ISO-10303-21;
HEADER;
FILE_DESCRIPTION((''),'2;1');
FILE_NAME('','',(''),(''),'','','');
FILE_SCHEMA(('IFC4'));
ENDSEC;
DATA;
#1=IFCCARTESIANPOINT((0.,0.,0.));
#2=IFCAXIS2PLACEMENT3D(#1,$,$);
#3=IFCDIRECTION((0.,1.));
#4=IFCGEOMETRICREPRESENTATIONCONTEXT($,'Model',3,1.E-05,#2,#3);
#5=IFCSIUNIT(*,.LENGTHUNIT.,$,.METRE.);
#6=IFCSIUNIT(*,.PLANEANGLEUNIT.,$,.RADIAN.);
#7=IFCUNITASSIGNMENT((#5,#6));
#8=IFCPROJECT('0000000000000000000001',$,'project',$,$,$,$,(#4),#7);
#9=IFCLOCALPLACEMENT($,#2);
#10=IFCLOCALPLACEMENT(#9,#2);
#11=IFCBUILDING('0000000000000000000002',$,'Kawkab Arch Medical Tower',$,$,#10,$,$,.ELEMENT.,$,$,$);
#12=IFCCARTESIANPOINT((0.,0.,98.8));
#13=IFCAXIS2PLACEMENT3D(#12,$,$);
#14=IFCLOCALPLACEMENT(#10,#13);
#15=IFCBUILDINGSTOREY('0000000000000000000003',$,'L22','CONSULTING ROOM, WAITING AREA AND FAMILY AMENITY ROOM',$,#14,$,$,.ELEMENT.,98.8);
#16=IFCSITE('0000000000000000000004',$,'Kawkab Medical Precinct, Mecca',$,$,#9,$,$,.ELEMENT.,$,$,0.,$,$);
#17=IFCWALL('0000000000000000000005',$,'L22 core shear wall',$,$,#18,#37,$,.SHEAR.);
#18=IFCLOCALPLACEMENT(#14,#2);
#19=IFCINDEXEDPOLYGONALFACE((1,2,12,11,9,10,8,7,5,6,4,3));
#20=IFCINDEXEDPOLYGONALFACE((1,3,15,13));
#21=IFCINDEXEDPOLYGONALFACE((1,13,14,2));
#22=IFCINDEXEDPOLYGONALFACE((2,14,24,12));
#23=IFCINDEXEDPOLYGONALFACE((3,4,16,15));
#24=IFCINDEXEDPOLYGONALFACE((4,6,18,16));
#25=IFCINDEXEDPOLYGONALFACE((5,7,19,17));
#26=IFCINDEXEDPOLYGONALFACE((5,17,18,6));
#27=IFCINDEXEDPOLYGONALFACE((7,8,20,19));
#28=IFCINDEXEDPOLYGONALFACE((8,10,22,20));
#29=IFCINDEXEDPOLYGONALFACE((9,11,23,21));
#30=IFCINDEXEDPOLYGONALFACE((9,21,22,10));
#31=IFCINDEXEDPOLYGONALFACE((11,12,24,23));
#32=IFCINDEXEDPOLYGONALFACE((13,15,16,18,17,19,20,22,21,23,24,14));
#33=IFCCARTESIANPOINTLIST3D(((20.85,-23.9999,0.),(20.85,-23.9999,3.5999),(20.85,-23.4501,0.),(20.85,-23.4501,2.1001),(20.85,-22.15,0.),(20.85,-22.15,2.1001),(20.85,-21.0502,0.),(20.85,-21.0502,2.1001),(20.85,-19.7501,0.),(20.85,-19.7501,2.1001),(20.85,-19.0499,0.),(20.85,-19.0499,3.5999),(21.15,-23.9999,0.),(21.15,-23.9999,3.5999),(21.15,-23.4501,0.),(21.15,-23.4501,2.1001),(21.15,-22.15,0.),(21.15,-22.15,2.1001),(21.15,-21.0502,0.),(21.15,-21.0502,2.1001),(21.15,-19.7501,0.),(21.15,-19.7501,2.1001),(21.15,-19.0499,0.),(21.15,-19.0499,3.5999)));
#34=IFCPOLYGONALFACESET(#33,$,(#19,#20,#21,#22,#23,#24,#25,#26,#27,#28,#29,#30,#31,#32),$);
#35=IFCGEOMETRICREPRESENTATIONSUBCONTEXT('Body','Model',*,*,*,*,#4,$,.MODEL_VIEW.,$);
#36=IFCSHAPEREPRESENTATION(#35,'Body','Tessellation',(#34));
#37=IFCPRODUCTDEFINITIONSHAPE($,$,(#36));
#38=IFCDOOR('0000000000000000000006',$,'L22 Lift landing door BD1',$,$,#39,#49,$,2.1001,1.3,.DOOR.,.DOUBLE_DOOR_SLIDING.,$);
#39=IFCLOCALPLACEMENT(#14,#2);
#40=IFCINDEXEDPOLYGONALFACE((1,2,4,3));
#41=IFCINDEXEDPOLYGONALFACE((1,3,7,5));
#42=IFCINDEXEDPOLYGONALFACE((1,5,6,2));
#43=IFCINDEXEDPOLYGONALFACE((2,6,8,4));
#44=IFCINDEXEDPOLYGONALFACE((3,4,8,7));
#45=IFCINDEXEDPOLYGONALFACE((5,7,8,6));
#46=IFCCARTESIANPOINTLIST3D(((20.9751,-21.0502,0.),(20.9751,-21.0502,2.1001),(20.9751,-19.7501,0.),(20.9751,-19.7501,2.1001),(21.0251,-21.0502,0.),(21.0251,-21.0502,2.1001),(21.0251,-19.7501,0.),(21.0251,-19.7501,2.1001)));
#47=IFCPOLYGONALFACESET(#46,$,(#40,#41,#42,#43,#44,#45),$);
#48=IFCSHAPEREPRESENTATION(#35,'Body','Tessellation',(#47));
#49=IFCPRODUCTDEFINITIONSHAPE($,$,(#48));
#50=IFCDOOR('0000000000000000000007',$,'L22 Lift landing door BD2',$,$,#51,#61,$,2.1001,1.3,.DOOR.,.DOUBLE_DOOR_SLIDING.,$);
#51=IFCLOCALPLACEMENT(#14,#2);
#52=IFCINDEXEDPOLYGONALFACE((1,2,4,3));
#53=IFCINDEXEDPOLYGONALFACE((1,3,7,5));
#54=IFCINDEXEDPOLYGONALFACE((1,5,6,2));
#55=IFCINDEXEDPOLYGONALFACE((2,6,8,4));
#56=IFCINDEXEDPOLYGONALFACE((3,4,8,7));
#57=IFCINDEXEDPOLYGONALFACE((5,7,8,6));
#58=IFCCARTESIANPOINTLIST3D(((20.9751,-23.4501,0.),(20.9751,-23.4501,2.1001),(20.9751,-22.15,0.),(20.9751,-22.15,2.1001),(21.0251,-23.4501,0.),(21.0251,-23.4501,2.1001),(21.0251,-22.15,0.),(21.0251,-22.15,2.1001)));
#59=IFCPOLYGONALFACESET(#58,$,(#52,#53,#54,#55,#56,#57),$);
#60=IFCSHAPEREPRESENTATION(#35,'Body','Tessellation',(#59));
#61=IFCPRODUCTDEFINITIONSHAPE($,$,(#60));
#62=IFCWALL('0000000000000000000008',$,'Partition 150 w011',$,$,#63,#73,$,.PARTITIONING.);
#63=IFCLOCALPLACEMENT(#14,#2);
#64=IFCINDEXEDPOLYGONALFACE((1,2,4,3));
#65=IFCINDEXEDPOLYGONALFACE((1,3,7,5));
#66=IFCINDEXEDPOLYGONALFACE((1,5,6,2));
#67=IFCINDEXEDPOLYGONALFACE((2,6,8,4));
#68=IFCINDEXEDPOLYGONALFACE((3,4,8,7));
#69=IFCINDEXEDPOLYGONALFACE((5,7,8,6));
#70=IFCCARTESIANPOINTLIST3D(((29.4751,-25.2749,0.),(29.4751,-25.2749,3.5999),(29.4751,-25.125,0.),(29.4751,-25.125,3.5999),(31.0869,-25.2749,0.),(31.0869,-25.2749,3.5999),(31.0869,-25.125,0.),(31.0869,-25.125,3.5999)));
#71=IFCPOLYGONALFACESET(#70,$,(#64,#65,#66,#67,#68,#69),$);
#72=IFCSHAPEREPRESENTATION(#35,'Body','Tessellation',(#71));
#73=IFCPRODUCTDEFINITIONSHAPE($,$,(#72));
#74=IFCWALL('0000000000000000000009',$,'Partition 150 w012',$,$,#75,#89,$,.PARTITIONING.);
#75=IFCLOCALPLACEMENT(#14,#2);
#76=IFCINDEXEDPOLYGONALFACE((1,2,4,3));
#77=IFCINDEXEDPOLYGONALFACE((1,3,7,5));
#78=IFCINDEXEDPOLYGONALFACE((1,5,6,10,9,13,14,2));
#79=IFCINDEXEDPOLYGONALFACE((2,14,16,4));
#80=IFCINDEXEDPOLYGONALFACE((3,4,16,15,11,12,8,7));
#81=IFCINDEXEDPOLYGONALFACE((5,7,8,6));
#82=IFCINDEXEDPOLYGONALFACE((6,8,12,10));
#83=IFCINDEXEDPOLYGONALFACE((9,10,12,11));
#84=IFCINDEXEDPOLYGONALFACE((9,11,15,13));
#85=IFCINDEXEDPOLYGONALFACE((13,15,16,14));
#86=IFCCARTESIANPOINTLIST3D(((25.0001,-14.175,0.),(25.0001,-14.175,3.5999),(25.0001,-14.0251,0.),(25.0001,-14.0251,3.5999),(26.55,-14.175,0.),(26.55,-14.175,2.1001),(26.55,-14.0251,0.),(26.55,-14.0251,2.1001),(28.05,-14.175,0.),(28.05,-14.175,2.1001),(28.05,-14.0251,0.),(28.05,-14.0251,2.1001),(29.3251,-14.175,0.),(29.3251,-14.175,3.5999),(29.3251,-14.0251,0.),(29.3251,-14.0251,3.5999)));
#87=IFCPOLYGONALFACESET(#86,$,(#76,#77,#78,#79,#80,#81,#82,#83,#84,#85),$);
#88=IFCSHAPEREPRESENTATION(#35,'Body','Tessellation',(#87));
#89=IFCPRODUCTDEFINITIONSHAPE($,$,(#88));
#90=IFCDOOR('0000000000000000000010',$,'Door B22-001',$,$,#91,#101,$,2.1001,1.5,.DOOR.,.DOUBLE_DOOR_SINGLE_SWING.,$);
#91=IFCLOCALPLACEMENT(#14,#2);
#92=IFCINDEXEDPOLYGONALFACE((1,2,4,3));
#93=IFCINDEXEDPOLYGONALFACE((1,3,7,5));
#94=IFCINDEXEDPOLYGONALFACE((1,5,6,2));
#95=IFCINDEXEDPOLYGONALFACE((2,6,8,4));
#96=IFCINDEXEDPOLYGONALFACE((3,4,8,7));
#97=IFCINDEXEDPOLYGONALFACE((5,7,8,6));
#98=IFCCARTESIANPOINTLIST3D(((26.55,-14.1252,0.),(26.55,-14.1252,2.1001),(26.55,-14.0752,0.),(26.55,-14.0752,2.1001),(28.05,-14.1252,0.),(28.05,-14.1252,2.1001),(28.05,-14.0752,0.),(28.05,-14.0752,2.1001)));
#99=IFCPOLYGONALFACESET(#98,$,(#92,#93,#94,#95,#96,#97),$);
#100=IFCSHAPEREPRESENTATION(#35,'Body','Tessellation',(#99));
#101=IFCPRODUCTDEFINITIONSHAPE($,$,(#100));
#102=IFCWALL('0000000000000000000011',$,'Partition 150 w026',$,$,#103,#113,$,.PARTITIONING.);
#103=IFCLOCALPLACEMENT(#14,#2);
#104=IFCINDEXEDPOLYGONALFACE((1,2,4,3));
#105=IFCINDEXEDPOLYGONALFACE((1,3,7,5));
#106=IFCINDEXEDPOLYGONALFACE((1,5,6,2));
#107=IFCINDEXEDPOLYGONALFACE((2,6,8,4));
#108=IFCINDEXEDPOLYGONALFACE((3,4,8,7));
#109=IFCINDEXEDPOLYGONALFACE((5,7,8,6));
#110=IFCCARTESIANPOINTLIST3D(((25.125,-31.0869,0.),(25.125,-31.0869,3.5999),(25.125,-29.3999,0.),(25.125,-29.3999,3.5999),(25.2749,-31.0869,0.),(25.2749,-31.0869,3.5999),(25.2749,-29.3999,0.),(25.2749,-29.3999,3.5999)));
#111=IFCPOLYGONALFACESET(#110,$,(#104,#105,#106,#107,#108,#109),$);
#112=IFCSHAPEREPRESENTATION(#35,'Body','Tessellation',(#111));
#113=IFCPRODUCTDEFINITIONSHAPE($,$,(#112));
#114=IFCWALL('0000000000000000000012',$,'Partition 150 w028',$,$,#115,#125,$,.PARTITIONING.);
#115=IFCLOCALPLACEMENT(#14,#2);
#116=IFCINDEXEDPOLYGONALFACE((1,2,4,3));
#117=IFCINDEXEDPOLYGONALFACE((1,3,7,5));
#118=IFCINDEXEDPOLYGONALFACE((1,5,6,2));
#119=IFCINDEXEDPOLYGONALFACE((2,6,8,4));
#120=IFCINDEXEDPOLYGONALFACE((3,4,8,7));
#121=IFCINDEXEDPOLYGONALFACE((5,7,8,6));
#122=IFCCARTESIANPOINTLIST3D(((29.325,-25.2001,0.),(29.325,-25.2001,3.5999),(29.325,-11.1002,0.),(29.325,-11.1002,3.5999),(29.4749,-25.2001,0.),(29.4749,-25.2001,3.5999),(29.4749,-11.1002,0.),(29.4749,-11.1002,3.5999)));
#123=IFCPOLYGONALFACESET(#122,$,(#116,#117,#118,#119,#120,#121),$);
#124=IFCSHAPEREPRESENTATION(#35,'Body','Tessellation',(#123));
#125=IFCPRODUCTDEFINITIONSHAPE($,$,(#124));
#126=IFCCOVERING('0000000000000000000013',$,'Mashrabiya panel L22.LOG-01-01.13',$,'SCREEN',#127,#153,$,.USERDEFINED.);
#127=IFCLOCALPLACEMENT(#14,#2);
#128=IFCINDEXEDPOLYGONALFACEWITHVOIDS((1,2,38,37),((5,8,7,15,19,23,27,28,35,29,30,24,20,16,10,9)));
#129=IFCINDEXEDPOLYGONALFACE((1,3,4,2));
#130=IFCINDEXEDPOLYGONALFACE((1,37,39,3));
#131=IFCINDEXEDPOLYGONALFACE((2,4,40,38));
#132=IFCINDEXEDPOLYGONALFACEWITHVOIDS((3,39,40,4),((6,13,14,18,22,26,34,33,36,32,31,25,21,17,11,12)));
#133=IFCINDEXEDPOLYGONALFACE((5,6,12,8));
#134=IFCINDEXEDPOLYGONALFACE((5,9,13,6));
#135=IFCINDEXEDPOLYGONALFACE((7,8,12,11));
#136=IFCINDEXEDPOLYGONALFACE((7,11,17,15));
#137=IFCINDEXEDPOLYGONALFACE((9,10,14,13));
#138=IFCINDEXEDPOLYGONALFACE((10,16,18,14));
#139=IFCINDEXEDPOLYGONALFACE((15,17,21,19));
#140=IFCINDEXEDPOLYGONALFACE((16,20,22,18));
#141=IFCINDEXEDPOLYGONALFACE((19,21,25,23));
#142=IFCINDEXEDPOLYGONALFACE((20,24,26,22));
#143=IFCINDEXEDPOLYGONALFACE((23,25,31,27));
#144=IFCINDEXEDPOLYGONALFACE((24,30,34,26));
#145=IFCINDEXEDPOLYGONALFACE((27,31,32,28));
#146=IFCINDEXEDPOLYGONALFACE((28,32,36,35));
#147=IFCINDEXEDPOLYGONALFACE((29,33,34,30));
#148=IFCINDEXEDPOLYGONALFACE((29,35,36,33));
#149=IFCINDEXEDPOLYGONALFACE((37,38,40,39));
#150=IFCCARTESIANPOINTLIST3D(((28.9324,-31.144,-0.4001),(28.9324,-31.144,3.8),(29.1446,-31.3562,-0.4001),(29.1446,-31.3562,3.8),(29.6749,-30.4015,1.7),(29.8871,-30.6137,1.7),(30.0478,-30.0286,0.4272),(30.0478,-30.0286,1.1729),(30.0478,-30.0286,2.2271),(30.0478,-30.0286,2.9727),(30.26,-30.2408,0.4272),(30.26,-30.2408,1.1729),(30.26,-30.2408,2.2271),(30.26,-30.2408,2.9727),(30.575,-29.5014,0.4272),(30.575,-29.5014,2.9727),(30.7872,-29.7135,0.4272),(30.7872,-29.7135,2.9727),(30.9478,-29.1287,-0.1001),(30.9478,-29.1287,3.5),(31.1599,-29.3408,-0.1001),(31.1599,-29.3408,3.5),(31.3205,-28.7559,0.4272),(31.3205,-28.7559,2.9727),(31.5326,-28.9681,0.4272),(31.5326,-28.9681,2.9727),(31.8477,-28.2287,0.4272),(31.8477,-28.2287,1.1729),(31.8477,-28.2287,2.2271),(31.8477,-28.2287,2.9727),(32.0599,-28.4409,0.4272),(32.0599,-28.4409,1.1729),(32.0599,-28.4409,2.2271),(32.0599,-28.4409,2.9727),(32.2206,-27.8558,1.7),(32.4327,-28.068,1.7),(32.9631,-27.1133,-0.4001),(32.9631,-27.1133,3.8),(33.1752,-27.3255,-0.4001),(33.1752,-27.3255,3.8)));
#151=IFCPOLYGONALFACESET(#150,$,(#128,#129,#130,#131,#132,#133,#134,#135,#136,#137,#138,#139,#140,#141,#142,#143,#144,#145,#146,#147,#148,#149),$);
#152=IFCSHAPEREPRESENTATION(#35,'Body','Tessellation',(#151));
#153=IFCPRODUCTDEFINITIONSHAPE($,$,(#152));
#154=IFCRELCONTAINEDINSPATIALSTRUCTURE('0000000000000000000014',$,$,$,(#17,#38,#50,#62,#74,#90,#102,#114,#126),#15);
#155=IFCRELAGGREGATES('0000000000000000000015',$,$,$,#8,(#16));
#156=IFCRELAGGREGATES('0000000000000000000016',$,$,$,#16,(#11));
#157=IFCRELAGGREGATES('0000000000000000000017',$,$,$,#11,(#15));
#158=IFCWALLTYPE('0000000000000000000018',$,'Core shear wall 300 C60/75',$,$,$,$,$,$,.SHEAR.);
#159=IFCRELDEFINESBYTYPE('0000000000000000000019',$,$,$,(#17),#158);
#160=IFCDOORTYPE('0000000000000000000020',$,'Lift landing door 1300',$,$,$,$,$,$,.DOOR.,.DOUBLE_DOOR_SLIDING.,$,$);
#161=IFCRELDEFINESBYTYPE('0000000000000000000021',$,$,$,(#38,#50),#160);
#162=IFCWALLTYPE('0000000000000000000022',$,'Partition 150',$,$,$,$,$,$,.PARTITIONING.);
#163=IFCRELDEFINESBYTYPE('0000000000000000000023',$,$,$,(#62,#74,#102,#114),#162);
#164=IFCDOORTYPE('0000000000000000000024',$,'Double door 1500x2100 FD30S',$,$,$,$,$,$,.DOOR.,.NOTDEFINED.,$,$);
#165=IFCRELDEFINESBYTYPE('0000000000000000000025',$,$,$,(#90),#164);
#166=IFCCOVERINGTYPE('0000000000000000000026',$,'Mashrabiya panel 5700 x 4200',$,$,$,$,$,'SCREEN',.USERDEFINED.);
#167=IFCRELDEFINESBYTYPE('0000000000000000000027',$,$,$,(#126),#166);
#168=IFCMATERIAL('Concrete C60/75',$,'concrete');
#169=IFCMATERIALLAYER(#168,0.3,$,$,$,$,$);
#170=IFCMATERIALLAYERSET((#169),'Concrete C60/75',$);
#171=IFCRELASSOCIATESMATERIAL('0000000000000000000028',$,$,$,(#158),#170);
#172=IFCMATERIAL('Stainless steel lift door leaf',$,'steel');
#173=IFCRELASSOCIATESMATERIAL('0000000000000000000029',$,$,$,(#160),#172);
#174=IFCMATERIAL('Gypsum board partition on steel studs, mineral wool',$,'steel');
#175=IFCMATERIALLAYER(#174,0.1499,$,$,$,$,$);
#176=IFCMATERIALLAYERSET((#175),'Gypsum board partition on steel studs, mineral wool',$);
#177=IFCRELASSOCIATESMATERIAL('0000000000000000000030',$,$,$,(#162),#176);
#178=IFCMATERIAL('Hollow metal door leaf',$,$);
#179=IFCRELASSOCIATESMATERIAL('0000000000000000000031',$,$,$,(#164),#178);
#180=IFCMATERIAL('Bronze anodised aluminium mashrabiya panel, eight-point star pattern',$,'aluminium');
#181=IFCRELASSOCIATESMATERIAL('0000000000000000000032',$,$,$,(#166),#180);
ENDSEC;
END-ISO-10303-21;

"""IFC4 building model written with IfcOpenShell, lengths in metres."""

from ifc_helpers import new_model, si_unit, direction, frame, frame_2d, origin, place, context, subcontext, project, spatial, polyline, rectangle, outline, extrude, material, layer, layer_set, material_profile, profile_set, type_object, element, fill, save


model = new_model("IFC4")

# Units and contexts
model_context = context("Model", 3, precision=1e-05, world=origin(), true_north=direction((0.0, 1.0)))
body_context = subcontext(model_context, "Body", "Model", "MODEL_VIEW")
ifc_project = project(units=[si_unit("LENGTHUNIT", "METRE"), si_unit("PLANEANGLEUNIT", "RADIAN")], contexts=[model_context])

# Site, building, storey
site_placement = place(None, origin())
site = spatial("IfcSite", under=ifc_project, at=site_placement, Name="Kawkab Medical Precinct, Mecca", CompositionType="ELEMENT", RefElevation=0.0)
building_placement = place(site_placement, origin())
building = spatial("IfcBuilding", under=site, at=building_placement, Name="Kawkab Arch Medical Tower", CompositionType="ELEMENT")
storey_placement = place(building_placement, frame((0.0, 0.0, 98.8)))
storey = spatial("IfcBuildingStorey", under=building, at=storey_placement, Name="L22", Description="CONSULTING ROOM, WAITING AREA AND FAMILY AMENITY ROOM", CompositionType="ELEMENT", Elevation=98.8)

# Shared definitions
ifc_material_1 = material(Name="Concrete C60/75", Category="concrete")
ifc_layer_1 = layer(ifc_material_1, 0.3)
ifc_layer_set_1 = layer_set([ifc_layer_1], Name="Concrete C60/75")
wall_type_1 = type_object("IfcWallType", Name="Core shear wall 300 C60/75", PredefinedType="SHEAR", material=ifc_layer_set_1)

# Wall, openings, doors
wall_1_placement = place(storey_placement, frame((21.0, -24.0, 0.0), z_axis=(0.0, 0.0, 1.0), x_axis=(0.0, 1.0, 0.0)))
wall_1 = element("IfcWall", 1, at=wall_1_placement, inside=storey, type_object=wall_type_1, Name="L22 core shear wall", PredefinedType="SHEAR", context=body_context, shape_type="SweptSolid", body=[
    extrude(rectangle(XDim=4.95, YDim=0.3, at=frame_2d((2.4751, 0.0))), origin(), (0.0, 0.0, 1.0), 3.5999),
])
opening_1_placement = place(wall_1_placement, frame((2.95, 0.0, 0.0)))
opening_1 = element("IfcOpeningElement", 2, at=opening_1_placement, cuts=wall_1, PredefinedType="OPENING", context=body_context, shape_type="SweptSolid", body=[
    extrude(rectangle(XDim=1.3, YDim=2.1001, at=frame_2d((0.6499, 1.05))), frame((0.0, 0.1599, 0.0), z_axis=(0.0, -1.0, 0.0), x_axis=(1.0, 0.0, 0.0)), (0.0, 0.0, 1.0), 0.3201),
])
opening_2_placement = place(wall_1_placement, frame((0.55, 0.0, 0.0)))
opening_2 = element("IfcOpeningElement", 3, at=opening_2_placement, cuts=wall_1, PredefinedType="OPENING", context=body_context, shape_type="SweptSolid", body=[
    extrude(rectangle(XDim=1.3, YDim=2.1001, at=frame_2d((0.6499, 1.05))), frame((0.0, 0.1599, 0.0), z_axis=(0.0, -1.0, 0.0), x_axis=(1.0, 0.0, 0.0)), (0.0, 0.0, 1.0), 0.3201),
])
ifc_material_2 = material(Name="Stainless steel lift door leaf", Category="steel")
door_type_1 = type_object("IfcDoorType", Name="Lift landing door 1300", OperationType="DOUBLE_DOOR_SLIDING", PredefinedType="DOOR", material=ifc_material_2)
door_1_placement = place(opening_1_placement, origin())
door_1 = element("IfcDoor", 4, at=door_1_placement, inside=storey, type_object=door_type_1, Name="L22 Lift landing door BD1", OperationType="DOUBLE_DOOR_SLIDING", OverallHeight=2.1001, OverallWidth=1.3, PredefinedType="DOOR", context=body_context, shape_type="SweptSolid", body=[
    extrude(rectangle(XDim=1.3, YDim=2.1001, at=frame_2d((0.6499, 1.05))), frame((0.0, 0.0249, 0.0), z_axis=(0.0, -1.0, 0.0), x_axis=(1.0, 0.0, 0.0)), (0.0, 0.0, 1.0), 0.05),
])
fill(opening_1, door_1)
door_2_placement = place(opening_2_placement, origin())
door_2 = element("IfcDoor", 5, at=door_2_placement, inside=storey, type_object=door_type_1, Name="L22 Lift landing door BD2", OperationType="DOUBLE_DOOR_SLIDING", OverallHeight=2.1001, OverallWidth=1.3, PredefinedType="DOOR", context=body_context, shape_type="SweptSolid", body=[
    extrude(rectangle(XDim=1.3, YDim=2.1001, at=frame_2d((0.6499, 1.05))), frame((0.0, 0.0249, 0.0), z_axis=(0.0, -1.0, 0.0), x_axis=(1.0, 0.0, 0.0)), (0.0, 0.0, 1.0), 0.05),
])
fill(opening_2, door_2)

# Wall
ifc_material_3 = material(Name="Gypsum board partition on steel studs, mineral wool", Category="steel")
ifc_layer_2 = layer(ifc_material_3, 0.1499)
ifc_layer_set_2 = layer_set([ifc_layer_2], Name="Gypsum board partition on steel studs, mineral wool")
wall_type_2 = type_object("IfcWallType", Name="Partition 150", PredefinedType="PARTITIONING", material=ifc_layer_set_2)
wall_2_placement = place(storey_placement, frame((29.4751, -25.2, 0.0), z_axis=(0.0, 0.0, 1.0), x_axis=(1.0, 0.0, 0.0)))
element("IfcWall", 6, at=wall_2_placement, inside=storey, type_object=wall_type_2, Name="Partition 150 w011", PredefinedType="PARTITIONING", context=body_context, shape_type="SweptSolid", body=[
    extrude(rectangle(XDim=1.6118, YDim=0.1499, at=frame_2d((0.8059, 0.0))), origin(), (0.0, 0.0, 1.0), 3.5999),
])

# Wall, opening, door
wall_3_placement = place(storey_placement, frame((25.0, -14.1001, 0.0), z_axis=(0.0, 0.0, 1.0), x_axis=(1.0, 0.0, 0.0)))
wall_3 = element("IfcWall", 7, at=wall_3_placement, inside=storey, type_object=wall_type_2, Name="Partition 150 w012", PredefinedType="PARTITIONING", context=body_context, shape_type="SweptSolid", body=[
    extrude(rectangle(XDim=4.325, YDim=0.1499, at=frame_2d((2.1626, 0.0))), origin(), (0.0, 0.0, 1.0), 3.5999),
])
opening_3_placement = place(wall_3_placement, frame((1.55, 0.0, 0.0)))
opening_3 = element("IfcOpeningElement", 8, at=opening_3_placement, cuts=wall_3, PredefinedType="OPENING", context=body_context, shape_type="SweptSolid", body=[
    extrude(rectangle(XDim=1.5, YDim=2.1001, at=frame_2d((0.75, 1.05))), frame((0.0, 0.085, 0.0), z_axis=(0.0, -1.0, 0.0), x_axis=(1.0, 0.0, 0.0)), (0.0, 0.0, 1.0), 0.1699),
])
ifc_material_4 = material(Name="Hollow metal door leaf")
door_type_2 = type_object("IfcDoorType", Name="Double door 1500x2100 FD30S", OperationType="NOTDEFINED", PredefinedType="DOOR", material=ifc_material_4)
door_3_placement = place(opening_3_placement, origin())
door_3 = element("IfcDoor", 9, at=door_3_placement, inside=storey, type_object=door_type_2, Name="Door B22-001", OperationType="DOUBLE_DOOR_SINGLE_SWING", OverallHeight=2.1001, OverallWidth=1.5, PredefinedType="DOOR", context=body_context, shape_type="SweptSolid", body=[
    extrude(rectangle(XDim=1.5, YDim=2.1001, at=frame_2d((0.75, 1.05))), frame((0.0, 0.0249, 0.0), z_axis=(0.0, -1.0, 0.0), x_axis=(1.0, 0.0, 0.0)), (0.0, 0.0, 1.0), 0.05),
])
fill(opening_3, door_3)

# Walls
wall_4_placement = place(storey_placement, frame((25.2, -31.0869, 0.0), z_axis=(0.0, 0.0, 1.0), x_axis=(0.0, 1.0, 0.0)))
element("IfcWall", 10, at=wall_4_placement, inside=storey, type_object=wall_type_2, Name="Partition 150 w026", PredefinedType="PARTITIONING", context=body_context, shape_type="SweptSolid", body=[
    extrude(rectangle(XDim=1.687, YDim=0.1499, at=frame_2d((0.8435, 0.0))), origin(), (0.0, 0.0, 1.0), 3.5999),
])
wall_5_placement = place(storey_placement, frame((29.3999, -25.2, 0.0), z_axis=(0.0, 0.0, 1.0), x_axis=(0.0, 1.0, 0.0)))
element("IfcWall", 11, at=wall_5_placement, inside=storey, type_object=wall_type_2, Name="Partition 150 w028", PredefinedType="PARTITIONING", context=body_context, shape_type="SweptSolid", body=[
    extrude(rectangle(XDim=14.0999, YDim=0.1499, at=frame_2d((7.0498, 0.0))), origin(), (0.0, 0.0, 1.0), 3.5999),
])

# Covering
ifc_material_5 = material(Name="Bronze anodised aluminium mashrabiya panel, eight-point star pattern", Category="aluminium")
ifc_material_profile_1 = material_profile(ifc_material_5, outline(polyline([(-2.8501, -2.1001), (2.8501, -2.1001), (2.8501, 2.1001), (-2.8501, 2.1001), (-2.8501, -2.1001)]), holes=[polyline([(1.8, 0.0), (1.2727, 0.5271), (1.2727, 1.2727), (0.5271, 1.2727), (0.0, 1.8), (-0.5271, 1.2727), (-1.2727, 1.2727), (-1.2727, 0.5271), (-1.8, 0.0), (-1.2727, -0.5271), (-1.2727, -1.2727), (-0.5271, -1.2727), (0.0, -1.8), (0.5271, -1.2727), (1.2727, -1.2727), (1.2727, -0.5271), (1.8, 0.0)])]), Name="Mashrabiya panel 5700x4200")
ifc_profile_set_1 = profile_set([ifc_material_profile_1], Name="Bronze anodised aluminium mashrabiya panel, eight-point star pattern")
covering_type = type_object("IfcCoveringType", Name="Mashrabiya panel 5700 x 4200", ElementType="SCREEN", PredefinedType="USERDEFINED", material=ifc_profile_set_1)
covering_placement = place(storey_placement, frame((30.9478, -29.1287, 1.7), z_axis=(0.707107, -0.707107, 0.0), x_axis=(0.707107, 0.707107, 0.0)))
element("IfcCovering", 12, at=covering_placement, inside=storey, type_object=covering_type, Name="Mashrabiya panel L22.LOG-01-01.13", ObjectType="SCREEN", PredefinedType="USERDEFINED", context=body_context, shape_type="SweptSolid", body=[
    extrude(outline(polyline([(-2.8501, -2.1001), (2.8501, -2.1001), (2.8501, 2.1001), (-2.8501, 2.1001), (-2.8501, -2.1001)]), holes=[polyline([(1.8, 0.0), (1.2727, 0.5271), (1.2727, 1.2727), (0.5271, 1.2727), (0.0, 1.8), (-0.5271, 1.2727), (-1.2727, 1.2727), (-1.2727, 0.5271), (-1.8, 0.0), (-1.2727, -0.5271), (-1.2727, -1.2727), (-0.5271, -1.2727), (0.0, -1.8), (0.5271, -1.2727), (1.2727, -1.2727), (1.2727, -0.5271), (1.8, 0.0)])]), origin(), (0.0, 0.0, 1.0), 0.3),
])

save(model, "model.ifc")
